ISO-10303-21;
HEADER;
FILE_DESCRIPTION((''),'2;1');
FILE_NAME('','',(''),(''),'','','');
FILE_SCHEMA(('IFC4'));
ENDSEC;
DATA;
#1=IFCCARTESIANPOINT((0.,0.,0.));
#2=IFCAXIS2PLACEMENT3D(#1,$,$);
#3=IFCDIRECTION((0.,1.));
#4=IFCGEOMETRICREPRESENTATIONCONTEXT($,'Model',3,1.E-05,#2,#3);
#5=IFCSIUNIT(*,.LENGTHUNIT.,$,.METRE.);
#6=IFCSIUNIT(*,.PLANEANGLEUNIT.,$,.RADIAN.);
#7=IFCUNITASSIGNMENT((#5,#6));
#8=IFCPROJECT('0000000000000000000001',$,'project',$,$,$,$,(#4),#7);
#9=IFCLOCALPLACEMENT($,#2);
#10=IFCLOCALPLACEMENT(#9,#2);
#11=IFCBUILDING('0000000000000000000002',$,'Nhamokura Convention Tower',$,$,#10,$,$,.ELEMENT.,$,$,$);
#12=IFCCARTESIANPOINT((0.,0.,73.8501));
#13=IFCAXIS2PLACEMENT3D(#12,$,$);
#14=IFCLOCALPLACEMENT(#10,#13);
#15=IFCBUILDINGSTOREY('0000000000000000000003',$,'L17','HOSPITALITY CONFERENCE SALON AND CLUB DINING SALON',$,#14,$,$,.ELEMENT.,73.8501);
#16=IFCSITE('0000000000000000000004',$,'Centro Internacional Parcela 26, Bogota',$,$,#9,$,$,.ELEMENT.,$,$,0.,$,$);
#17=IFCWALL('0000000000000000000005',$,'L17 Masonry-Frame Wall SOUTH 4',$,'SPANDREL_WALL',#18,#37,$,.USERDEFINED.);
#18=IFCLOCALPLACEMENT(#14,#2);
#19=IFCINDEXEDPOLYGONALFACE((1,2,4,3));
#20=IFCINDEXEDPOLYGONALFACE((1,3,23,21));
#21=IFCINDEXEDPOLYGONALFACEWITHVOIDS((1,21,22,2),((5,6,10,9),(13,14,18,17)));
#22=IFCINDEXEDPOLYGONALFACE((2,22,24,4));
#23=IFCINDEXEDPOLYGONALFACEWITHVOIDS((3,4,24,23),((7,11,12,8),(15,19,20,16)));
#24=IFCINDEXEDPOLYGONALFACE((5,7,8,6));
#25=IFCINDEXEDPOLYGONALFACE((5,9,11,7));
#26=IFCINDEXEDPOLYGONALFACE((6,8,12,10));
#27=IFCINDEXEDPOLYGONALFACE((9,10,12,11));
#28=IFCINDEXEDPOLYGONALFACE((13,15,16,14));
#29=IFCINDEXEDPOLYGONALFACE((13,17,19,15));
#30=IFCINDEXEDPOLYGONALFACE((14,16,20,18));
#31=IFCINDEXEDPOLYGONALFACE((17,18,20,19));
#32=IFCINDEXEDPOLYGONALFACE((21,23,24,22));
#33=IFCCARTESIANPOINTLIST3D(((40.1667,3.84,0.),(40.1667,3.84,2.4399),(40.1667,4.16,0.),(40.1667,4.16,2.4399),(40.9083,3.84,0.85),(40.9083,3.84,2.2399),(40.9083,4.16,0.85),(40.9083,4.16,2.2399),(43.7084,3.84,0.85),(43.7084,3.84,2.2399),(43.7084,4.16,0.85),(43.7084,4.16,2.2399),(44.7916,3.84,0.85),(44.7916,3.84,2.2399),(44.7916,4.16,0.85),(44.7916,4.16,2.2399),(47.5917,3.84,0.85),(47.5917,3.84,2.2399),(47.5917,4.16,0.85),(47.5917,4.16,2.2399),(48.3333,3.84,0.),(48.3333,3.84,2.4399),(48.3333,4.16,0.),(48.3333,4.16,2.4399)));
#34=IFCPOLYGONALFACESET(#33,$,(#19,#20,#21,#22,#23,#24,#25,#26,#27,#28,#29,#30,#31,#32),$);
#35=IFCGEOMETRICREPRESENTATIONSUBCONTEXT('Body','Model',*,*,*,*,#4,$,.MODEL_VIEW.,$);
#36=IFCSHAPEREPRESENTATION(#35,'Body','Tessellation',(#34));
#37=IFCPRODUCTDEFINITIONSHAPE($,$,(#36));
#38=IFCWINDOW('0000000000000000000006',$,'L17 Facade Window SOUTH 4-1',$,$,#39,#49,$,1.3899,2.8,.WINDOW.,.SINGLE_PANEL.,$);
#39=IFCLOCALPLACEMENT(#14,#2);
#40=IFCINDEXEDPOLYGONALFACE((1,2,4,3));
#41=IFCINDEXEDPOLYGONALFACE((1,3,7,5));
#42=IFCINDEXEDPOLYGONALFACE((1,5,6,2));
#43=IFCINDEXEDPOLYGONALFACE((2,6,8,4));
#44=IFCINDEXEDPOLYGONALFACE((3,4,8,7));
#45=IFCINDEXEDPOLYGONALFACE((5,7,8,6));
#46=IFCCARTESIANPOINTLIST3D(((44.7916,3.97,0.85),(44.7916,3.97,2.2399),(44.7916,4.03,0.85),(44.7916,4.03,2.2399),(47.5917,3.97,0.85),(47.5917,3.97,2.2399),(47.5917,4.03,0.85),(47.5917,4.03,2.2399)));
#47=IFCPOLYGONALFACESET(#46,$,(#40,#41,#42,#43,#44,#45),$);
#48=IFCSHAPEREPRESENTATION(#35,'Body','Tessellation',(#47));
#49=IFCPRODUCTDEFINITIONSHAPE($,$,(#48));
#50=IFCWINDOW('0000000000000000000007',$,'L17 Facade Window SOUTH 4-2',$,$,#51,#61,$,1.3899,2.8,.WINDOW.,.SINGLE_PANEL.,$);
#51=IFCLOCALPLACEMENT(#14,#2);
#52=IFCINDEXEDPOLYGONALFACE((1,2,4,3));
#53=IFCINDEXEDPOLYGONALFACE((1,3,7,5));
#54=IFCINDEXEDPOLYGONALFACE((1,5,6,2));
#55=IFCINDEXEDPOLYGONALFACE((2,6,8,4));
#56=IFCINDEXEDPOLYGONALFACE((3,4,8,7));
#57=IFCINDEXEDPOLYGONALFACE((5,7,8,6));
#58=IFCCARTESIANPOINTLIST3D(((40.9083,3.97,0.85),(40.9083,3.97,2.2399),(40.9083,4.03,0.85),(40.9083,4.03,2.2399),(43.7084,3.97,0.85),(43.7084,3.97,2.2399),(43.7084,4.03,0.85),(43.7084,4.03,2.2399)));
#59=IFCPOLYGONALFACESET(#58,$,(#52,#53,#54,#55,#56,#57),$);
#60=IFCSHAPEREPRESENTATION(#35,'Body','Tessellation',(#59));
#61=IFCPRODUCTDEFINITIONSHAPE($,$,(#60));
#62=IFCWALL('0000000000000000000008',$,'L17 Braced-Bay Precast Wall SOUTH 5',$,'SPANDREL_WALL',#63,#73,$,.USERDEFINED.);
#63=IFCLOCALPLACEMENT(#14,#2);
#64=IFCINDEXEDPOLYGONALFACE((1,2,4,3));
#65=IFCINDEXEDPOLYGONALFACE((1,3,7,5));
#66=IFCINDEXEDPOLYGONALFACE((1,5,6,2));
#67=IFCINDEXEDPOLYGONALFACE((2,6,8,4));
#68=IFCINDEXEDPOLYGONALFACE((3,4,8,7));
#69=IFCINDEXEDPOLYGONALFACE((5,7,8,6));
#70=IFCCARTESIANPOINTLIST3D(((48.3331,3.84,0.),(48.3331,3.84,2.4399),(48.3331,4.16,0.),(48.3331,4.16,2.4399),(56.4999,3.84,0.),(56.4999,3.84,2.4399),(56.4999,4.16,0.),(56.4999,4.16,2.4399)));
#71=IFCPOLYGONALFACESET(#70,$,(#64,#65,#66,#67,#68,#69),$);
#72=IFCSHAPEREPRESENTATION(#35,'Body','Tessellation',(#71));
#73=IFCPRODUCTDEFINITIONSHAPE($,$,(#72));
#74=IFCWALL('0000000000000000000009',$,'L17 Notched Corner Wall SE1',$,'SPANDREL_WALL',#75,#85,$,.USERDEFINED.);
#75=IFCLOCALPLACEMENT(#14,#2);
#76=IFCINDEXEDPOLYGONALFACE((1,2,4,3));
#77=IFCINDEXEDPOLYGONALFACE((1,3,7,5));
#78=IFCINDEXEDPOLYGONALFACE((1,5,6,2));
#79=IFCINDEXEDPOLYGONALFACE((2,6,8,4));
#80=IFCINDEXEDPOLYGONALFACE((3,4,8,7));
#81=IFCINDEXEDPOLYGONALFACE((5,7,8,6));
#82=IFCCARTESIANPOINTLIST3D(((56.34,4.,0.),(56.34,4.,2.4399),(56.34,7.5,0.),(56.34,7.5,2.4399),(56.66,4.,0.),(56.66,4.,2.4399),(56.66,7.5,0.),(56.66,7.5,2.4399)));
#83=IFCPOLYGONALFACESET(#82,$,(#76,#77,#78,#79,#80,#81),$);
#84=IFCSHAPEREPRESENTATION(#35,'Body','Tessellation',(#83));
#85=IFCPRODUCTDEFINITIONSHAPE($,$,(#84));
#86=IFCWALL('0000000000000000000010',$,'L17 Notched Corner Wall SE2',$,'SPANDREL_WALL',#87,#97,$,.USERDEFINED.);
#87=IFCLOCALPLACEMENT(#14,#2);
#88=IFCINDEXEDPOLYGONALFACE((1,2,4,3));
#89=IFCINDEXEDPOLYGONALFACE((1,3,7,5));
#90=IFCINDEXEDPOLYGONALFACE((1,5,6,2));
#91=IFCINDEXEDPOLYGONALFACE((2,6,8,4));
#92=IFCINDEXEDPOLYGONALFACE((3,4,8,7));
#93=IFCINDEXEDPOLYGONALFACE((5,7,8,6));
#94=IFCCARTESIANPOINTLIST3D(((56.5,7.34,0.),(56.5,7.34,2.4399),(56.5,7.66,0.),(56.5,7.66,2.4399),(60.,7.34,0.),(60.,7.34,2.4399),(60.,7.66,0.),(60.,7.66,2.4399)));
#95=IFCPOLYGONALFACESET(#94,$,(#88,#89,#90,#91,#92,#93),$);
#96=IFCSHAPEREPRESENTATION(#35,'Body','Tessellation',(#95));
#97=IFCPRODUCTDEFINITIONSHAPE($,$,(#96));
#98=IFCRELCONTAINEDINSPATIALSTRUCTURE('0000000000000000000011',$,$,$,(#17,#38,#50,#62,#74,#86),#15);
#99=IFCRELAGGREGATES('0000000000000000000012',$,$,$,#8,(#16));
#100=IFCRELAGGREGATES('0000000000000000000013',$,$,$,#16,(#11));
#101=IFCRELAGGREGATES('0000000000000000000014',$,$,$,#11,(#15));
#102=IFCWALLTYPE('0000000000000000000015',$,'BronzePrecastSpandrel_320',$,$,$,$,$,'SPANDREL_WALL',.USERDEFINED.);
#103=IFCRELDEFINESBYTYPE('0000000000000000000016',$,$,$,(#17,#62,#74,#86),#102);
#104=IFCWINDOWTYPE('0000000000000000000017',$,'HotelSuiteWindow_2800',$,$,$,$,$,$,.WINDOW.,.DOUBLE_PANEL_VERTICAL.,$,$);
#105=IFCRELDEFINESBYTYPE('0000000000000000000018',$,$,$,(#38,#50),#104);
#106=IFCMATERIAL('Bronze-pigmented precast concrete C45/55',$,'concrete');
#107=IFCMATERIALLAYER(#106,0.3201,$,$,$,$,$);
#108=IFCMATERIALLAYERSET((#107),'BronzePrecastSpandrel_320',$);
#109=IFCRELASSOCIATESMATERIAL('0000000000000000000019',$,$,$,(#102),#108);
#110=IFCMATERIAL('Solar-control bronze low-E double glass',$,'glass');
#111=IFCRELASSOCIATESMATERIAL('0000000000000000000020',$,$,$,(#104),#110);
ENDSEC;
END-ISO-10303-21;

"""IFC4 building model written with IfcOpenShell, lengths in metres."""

from ifc_helpers import new_model, si_unit, direction, frame, frame_2d, origin, place, context, subcontext, project, spatial, rectangle, extrude, material, layer, layer_set, type_object, element, fill, save


model = new_model("IFC4")

# Units and contexts
model_context = context("Model", 3, precision=1e-05, world=origin(), true_north=direction((0.0, 1.0)))
body_context = subcontext(model_context, "Body", "Model", "MODEL_VIEW")
ifc_project = project(units=[si_unit("LENGTHUNIT", "METRE"), si_unit("PLANEANGLEUNIT", "RADIAN")], contexts=[model_context])

# Site, building, storey
site_placement = place(None, origin())
site = spatial("IfcSite", under=ifc_project, at=site_placement, Name="Centro Internacional Parcela 26, Bogota", CompositionType="ELEMENT", RefElevation=0.0)
building_placement = place(site_placement, origin())
building = spatial("IfcBuilding", under=site, at=building_placement, Name="Nhamokura Convention Tower", CompositionType="ELEMENT")
storey_placement = place(building_placement, frame((0.0, 0.0, 73.8501)))
storey = spatial("IfcBuildingStorey", under=building, at=storey_placement, Name="L17", Description="HOSPITALITY CONFERENCE SALON AND CLUB DINING SALON", CompositionType="ELEMENT", Elevation=73.8501)

# Wall, openings, windows
ifc_material_1 = material(Name="Bronze-pigmented precast concrete C45/55", Category="concrete")
ifc_layer = layer(ifc_material_1, 0.3201)
ifc_layer_set = layer_set([ifc_layer], Name="BronzePrecastSpandrel_320")
wall_type = type_object("IfcWallType", Name="BronzePrecastSpandrel_320", ElementType="SPANDREL_WALL", PredefinedType="USERDEFINED", material=ifc_layer_set)
wall_1_placement = place(storey_placement, frame((48.3333, 4.0, 0.0), z_axis=(0.0, 0.0, 1.0), x_axis=(-1.0, 0.0, 0.0)))
wall_1 = element("IfcWall", 1, at=wall_1_placement, inside=storey, type_object=wall_type, Name="L17 Masonry-Frame Wall SOUTH 4", ObjectType="SPANDREL_WALL", PredefinedType="USERDEFINED", context=body_context, shape_type="SweptSolid", body=[
    extrude(rectangle(XDim=8.1665, YDim=0.3201, at=frame_2d((4.0833, 0.0))), origin(), (0.0, 0.0, 1.0), 2.4399),
])
opening_1_placement = place(wall_1_placement, frame((0.7417, 0.0, 0.8501)))
opening_1 = element("IfcOpeningElement", 2, at=opening_1_placement, cuts=wall_1, PredefinedType="OPENING", context=body_context, shape_type="SweptSolid", body=[
    extrude(rectangle(XDim=2.8, YDim=1.3899, at=frame_2d((1.3999, 0.6948))), frame((0.0, 0.1699, 0.0), z_axis=(0.0, -1.0, 0.0), x_axis=(1.0, 0.0, 0.0)), (0.0, 0.0, 1.0), 0.3401),
])
opening_2_placement = place(wall_1_placement, frame((4.625, 0.0, 0.8501)))
opening_2 = element("IfcOpeningElement", 3, at=opening_2_placement, cuts=wall_1, PredefinedType="OPENING", context=body_context, shape_type="SweptSolid", body=[
    extrude(rectangle(XDim=2.8, YDim=1.3899, at=frame_2d((1.3999, 0.6948))), frame((0.0, 0.1699, 0.0), z_axis=(0.0, -1.0, 0.0), x_axis=(1.0, 0.0, 0.0)), (0.0, 0.0, 1.0), 0.3401),
])
ifc_material_2 = material(Name="Solar-control bronze low-E double glass", Category="glass")
window_type = type_object("IfcWindowType", Name="HotelSuiteWindow_2800", PartitioningType="DOUBLE_PANEL_VERTICAL", PredefinedType="WINDOW", material=ifc_material_2)
window_1_placement = place(opening_1_placement, origin())
window_1 = element("IfcWindow", 4, at=window_1_placement, inside=storey, type_object=window_type, Name="L17 Facade Window SOUTH 4-1", OverallHeight=1.3899, OverallWidth=2.8, PartitioningType="SINGLE_PANEL", PredefinedType="WINDOW", context=body_context, shape_type="SweptSolid", body=[
    extrude(rectangle(XDim=2.8, YDim=1.3899, at=frame_2d((1.3999, 0.6948))), frame((0.0, 0.03, 0.0), z_axis=(0.0, -1.0, 0.0), x_axis=(1.0, 0.0, 0.0)), (0.0, 0.0, 1.0), 0.0601),
])
fill(opening_1, window_1)
window_2_placement = place(opening_2_placement, origin())
window_2 = element("IfcWindow", 5, at=window_2_placement, inside=storey, type_object=window_type, Name="L17 Facade Window SOUTH 4-2", OverallHeight=1.3899, OverallWidth=2.8, PartitioningType="SINGLE_PANEL", PredefinedType="WINDOW", context=body_context, shape_type="SweptSolid", body=[
    extrude(rectangle(XDim=2.8, YDim=1.3899, at=frame_2d((1.3999, 0.6948))), frame((0.0, 0.03, 0.0), z_axis=(0.0, -1.0, 0.0), x_axis=(1.0, 0.0, 0.0)), (0.0, 0.0, 1.0), 0.0601),
])
fill(opening_2, window_2)

# Walls
wall_2_placement = place(storey_placement, frame((56.5, 4.0, 0.0), z_axis=(0.0, 0.0, 1.0), x_axis=(-1.0, 0.0, 0.0)))
element("IfcWall", 6, at=wall_2_placement, inside=storey, type_object=wall_type, Name="L17 Braced-Bay Precast Wall SOUTH 5", ObjectType="SPANDREL_WALL", PredefinedType="USERDEFINED", context=body_context, shape_type="SweptSolid", body=[
    extrude(rectangle(XDim=8.1667, YDim=0.3201, at=frame_2d((4.0835, 0.0))), origin(), (0.0, 0.0, 1.0), 2.4399),
])
for number, where, z_axis, x_axis, name in (
    (7, (56.5, 7.5, 0.0), (0.0, 0.0, 1.0), (0.0, -1.0, 0.0), "L17 Notched Corner Wall SE1"),
    (8, (60.0, 7.5, 0.0), (0.0, 0.0, 1.0), (-1.0, 0.0, 0.0), "L17 Notched Corner Wall SE2"),
):
    element("IfcWall", number, at=place(storey_placement, frame(where, z_axis=z_axis, x_axis=x_axis)), inside=storey, type_object=wall_type, Name=name, ObjectType="SPANDREL_WALL", PredefinedType="USERDEFINED", context=body_context, shape_type="SweptSolid", body=[
        extrude(rectangle(XDim=3.5, YDim=0.3201, at=frame_2d((1.75, 0.0))), origin(), (0.0, 0.0, 1.0), 2.4399),
    ])

save(model, "model.ifc")
